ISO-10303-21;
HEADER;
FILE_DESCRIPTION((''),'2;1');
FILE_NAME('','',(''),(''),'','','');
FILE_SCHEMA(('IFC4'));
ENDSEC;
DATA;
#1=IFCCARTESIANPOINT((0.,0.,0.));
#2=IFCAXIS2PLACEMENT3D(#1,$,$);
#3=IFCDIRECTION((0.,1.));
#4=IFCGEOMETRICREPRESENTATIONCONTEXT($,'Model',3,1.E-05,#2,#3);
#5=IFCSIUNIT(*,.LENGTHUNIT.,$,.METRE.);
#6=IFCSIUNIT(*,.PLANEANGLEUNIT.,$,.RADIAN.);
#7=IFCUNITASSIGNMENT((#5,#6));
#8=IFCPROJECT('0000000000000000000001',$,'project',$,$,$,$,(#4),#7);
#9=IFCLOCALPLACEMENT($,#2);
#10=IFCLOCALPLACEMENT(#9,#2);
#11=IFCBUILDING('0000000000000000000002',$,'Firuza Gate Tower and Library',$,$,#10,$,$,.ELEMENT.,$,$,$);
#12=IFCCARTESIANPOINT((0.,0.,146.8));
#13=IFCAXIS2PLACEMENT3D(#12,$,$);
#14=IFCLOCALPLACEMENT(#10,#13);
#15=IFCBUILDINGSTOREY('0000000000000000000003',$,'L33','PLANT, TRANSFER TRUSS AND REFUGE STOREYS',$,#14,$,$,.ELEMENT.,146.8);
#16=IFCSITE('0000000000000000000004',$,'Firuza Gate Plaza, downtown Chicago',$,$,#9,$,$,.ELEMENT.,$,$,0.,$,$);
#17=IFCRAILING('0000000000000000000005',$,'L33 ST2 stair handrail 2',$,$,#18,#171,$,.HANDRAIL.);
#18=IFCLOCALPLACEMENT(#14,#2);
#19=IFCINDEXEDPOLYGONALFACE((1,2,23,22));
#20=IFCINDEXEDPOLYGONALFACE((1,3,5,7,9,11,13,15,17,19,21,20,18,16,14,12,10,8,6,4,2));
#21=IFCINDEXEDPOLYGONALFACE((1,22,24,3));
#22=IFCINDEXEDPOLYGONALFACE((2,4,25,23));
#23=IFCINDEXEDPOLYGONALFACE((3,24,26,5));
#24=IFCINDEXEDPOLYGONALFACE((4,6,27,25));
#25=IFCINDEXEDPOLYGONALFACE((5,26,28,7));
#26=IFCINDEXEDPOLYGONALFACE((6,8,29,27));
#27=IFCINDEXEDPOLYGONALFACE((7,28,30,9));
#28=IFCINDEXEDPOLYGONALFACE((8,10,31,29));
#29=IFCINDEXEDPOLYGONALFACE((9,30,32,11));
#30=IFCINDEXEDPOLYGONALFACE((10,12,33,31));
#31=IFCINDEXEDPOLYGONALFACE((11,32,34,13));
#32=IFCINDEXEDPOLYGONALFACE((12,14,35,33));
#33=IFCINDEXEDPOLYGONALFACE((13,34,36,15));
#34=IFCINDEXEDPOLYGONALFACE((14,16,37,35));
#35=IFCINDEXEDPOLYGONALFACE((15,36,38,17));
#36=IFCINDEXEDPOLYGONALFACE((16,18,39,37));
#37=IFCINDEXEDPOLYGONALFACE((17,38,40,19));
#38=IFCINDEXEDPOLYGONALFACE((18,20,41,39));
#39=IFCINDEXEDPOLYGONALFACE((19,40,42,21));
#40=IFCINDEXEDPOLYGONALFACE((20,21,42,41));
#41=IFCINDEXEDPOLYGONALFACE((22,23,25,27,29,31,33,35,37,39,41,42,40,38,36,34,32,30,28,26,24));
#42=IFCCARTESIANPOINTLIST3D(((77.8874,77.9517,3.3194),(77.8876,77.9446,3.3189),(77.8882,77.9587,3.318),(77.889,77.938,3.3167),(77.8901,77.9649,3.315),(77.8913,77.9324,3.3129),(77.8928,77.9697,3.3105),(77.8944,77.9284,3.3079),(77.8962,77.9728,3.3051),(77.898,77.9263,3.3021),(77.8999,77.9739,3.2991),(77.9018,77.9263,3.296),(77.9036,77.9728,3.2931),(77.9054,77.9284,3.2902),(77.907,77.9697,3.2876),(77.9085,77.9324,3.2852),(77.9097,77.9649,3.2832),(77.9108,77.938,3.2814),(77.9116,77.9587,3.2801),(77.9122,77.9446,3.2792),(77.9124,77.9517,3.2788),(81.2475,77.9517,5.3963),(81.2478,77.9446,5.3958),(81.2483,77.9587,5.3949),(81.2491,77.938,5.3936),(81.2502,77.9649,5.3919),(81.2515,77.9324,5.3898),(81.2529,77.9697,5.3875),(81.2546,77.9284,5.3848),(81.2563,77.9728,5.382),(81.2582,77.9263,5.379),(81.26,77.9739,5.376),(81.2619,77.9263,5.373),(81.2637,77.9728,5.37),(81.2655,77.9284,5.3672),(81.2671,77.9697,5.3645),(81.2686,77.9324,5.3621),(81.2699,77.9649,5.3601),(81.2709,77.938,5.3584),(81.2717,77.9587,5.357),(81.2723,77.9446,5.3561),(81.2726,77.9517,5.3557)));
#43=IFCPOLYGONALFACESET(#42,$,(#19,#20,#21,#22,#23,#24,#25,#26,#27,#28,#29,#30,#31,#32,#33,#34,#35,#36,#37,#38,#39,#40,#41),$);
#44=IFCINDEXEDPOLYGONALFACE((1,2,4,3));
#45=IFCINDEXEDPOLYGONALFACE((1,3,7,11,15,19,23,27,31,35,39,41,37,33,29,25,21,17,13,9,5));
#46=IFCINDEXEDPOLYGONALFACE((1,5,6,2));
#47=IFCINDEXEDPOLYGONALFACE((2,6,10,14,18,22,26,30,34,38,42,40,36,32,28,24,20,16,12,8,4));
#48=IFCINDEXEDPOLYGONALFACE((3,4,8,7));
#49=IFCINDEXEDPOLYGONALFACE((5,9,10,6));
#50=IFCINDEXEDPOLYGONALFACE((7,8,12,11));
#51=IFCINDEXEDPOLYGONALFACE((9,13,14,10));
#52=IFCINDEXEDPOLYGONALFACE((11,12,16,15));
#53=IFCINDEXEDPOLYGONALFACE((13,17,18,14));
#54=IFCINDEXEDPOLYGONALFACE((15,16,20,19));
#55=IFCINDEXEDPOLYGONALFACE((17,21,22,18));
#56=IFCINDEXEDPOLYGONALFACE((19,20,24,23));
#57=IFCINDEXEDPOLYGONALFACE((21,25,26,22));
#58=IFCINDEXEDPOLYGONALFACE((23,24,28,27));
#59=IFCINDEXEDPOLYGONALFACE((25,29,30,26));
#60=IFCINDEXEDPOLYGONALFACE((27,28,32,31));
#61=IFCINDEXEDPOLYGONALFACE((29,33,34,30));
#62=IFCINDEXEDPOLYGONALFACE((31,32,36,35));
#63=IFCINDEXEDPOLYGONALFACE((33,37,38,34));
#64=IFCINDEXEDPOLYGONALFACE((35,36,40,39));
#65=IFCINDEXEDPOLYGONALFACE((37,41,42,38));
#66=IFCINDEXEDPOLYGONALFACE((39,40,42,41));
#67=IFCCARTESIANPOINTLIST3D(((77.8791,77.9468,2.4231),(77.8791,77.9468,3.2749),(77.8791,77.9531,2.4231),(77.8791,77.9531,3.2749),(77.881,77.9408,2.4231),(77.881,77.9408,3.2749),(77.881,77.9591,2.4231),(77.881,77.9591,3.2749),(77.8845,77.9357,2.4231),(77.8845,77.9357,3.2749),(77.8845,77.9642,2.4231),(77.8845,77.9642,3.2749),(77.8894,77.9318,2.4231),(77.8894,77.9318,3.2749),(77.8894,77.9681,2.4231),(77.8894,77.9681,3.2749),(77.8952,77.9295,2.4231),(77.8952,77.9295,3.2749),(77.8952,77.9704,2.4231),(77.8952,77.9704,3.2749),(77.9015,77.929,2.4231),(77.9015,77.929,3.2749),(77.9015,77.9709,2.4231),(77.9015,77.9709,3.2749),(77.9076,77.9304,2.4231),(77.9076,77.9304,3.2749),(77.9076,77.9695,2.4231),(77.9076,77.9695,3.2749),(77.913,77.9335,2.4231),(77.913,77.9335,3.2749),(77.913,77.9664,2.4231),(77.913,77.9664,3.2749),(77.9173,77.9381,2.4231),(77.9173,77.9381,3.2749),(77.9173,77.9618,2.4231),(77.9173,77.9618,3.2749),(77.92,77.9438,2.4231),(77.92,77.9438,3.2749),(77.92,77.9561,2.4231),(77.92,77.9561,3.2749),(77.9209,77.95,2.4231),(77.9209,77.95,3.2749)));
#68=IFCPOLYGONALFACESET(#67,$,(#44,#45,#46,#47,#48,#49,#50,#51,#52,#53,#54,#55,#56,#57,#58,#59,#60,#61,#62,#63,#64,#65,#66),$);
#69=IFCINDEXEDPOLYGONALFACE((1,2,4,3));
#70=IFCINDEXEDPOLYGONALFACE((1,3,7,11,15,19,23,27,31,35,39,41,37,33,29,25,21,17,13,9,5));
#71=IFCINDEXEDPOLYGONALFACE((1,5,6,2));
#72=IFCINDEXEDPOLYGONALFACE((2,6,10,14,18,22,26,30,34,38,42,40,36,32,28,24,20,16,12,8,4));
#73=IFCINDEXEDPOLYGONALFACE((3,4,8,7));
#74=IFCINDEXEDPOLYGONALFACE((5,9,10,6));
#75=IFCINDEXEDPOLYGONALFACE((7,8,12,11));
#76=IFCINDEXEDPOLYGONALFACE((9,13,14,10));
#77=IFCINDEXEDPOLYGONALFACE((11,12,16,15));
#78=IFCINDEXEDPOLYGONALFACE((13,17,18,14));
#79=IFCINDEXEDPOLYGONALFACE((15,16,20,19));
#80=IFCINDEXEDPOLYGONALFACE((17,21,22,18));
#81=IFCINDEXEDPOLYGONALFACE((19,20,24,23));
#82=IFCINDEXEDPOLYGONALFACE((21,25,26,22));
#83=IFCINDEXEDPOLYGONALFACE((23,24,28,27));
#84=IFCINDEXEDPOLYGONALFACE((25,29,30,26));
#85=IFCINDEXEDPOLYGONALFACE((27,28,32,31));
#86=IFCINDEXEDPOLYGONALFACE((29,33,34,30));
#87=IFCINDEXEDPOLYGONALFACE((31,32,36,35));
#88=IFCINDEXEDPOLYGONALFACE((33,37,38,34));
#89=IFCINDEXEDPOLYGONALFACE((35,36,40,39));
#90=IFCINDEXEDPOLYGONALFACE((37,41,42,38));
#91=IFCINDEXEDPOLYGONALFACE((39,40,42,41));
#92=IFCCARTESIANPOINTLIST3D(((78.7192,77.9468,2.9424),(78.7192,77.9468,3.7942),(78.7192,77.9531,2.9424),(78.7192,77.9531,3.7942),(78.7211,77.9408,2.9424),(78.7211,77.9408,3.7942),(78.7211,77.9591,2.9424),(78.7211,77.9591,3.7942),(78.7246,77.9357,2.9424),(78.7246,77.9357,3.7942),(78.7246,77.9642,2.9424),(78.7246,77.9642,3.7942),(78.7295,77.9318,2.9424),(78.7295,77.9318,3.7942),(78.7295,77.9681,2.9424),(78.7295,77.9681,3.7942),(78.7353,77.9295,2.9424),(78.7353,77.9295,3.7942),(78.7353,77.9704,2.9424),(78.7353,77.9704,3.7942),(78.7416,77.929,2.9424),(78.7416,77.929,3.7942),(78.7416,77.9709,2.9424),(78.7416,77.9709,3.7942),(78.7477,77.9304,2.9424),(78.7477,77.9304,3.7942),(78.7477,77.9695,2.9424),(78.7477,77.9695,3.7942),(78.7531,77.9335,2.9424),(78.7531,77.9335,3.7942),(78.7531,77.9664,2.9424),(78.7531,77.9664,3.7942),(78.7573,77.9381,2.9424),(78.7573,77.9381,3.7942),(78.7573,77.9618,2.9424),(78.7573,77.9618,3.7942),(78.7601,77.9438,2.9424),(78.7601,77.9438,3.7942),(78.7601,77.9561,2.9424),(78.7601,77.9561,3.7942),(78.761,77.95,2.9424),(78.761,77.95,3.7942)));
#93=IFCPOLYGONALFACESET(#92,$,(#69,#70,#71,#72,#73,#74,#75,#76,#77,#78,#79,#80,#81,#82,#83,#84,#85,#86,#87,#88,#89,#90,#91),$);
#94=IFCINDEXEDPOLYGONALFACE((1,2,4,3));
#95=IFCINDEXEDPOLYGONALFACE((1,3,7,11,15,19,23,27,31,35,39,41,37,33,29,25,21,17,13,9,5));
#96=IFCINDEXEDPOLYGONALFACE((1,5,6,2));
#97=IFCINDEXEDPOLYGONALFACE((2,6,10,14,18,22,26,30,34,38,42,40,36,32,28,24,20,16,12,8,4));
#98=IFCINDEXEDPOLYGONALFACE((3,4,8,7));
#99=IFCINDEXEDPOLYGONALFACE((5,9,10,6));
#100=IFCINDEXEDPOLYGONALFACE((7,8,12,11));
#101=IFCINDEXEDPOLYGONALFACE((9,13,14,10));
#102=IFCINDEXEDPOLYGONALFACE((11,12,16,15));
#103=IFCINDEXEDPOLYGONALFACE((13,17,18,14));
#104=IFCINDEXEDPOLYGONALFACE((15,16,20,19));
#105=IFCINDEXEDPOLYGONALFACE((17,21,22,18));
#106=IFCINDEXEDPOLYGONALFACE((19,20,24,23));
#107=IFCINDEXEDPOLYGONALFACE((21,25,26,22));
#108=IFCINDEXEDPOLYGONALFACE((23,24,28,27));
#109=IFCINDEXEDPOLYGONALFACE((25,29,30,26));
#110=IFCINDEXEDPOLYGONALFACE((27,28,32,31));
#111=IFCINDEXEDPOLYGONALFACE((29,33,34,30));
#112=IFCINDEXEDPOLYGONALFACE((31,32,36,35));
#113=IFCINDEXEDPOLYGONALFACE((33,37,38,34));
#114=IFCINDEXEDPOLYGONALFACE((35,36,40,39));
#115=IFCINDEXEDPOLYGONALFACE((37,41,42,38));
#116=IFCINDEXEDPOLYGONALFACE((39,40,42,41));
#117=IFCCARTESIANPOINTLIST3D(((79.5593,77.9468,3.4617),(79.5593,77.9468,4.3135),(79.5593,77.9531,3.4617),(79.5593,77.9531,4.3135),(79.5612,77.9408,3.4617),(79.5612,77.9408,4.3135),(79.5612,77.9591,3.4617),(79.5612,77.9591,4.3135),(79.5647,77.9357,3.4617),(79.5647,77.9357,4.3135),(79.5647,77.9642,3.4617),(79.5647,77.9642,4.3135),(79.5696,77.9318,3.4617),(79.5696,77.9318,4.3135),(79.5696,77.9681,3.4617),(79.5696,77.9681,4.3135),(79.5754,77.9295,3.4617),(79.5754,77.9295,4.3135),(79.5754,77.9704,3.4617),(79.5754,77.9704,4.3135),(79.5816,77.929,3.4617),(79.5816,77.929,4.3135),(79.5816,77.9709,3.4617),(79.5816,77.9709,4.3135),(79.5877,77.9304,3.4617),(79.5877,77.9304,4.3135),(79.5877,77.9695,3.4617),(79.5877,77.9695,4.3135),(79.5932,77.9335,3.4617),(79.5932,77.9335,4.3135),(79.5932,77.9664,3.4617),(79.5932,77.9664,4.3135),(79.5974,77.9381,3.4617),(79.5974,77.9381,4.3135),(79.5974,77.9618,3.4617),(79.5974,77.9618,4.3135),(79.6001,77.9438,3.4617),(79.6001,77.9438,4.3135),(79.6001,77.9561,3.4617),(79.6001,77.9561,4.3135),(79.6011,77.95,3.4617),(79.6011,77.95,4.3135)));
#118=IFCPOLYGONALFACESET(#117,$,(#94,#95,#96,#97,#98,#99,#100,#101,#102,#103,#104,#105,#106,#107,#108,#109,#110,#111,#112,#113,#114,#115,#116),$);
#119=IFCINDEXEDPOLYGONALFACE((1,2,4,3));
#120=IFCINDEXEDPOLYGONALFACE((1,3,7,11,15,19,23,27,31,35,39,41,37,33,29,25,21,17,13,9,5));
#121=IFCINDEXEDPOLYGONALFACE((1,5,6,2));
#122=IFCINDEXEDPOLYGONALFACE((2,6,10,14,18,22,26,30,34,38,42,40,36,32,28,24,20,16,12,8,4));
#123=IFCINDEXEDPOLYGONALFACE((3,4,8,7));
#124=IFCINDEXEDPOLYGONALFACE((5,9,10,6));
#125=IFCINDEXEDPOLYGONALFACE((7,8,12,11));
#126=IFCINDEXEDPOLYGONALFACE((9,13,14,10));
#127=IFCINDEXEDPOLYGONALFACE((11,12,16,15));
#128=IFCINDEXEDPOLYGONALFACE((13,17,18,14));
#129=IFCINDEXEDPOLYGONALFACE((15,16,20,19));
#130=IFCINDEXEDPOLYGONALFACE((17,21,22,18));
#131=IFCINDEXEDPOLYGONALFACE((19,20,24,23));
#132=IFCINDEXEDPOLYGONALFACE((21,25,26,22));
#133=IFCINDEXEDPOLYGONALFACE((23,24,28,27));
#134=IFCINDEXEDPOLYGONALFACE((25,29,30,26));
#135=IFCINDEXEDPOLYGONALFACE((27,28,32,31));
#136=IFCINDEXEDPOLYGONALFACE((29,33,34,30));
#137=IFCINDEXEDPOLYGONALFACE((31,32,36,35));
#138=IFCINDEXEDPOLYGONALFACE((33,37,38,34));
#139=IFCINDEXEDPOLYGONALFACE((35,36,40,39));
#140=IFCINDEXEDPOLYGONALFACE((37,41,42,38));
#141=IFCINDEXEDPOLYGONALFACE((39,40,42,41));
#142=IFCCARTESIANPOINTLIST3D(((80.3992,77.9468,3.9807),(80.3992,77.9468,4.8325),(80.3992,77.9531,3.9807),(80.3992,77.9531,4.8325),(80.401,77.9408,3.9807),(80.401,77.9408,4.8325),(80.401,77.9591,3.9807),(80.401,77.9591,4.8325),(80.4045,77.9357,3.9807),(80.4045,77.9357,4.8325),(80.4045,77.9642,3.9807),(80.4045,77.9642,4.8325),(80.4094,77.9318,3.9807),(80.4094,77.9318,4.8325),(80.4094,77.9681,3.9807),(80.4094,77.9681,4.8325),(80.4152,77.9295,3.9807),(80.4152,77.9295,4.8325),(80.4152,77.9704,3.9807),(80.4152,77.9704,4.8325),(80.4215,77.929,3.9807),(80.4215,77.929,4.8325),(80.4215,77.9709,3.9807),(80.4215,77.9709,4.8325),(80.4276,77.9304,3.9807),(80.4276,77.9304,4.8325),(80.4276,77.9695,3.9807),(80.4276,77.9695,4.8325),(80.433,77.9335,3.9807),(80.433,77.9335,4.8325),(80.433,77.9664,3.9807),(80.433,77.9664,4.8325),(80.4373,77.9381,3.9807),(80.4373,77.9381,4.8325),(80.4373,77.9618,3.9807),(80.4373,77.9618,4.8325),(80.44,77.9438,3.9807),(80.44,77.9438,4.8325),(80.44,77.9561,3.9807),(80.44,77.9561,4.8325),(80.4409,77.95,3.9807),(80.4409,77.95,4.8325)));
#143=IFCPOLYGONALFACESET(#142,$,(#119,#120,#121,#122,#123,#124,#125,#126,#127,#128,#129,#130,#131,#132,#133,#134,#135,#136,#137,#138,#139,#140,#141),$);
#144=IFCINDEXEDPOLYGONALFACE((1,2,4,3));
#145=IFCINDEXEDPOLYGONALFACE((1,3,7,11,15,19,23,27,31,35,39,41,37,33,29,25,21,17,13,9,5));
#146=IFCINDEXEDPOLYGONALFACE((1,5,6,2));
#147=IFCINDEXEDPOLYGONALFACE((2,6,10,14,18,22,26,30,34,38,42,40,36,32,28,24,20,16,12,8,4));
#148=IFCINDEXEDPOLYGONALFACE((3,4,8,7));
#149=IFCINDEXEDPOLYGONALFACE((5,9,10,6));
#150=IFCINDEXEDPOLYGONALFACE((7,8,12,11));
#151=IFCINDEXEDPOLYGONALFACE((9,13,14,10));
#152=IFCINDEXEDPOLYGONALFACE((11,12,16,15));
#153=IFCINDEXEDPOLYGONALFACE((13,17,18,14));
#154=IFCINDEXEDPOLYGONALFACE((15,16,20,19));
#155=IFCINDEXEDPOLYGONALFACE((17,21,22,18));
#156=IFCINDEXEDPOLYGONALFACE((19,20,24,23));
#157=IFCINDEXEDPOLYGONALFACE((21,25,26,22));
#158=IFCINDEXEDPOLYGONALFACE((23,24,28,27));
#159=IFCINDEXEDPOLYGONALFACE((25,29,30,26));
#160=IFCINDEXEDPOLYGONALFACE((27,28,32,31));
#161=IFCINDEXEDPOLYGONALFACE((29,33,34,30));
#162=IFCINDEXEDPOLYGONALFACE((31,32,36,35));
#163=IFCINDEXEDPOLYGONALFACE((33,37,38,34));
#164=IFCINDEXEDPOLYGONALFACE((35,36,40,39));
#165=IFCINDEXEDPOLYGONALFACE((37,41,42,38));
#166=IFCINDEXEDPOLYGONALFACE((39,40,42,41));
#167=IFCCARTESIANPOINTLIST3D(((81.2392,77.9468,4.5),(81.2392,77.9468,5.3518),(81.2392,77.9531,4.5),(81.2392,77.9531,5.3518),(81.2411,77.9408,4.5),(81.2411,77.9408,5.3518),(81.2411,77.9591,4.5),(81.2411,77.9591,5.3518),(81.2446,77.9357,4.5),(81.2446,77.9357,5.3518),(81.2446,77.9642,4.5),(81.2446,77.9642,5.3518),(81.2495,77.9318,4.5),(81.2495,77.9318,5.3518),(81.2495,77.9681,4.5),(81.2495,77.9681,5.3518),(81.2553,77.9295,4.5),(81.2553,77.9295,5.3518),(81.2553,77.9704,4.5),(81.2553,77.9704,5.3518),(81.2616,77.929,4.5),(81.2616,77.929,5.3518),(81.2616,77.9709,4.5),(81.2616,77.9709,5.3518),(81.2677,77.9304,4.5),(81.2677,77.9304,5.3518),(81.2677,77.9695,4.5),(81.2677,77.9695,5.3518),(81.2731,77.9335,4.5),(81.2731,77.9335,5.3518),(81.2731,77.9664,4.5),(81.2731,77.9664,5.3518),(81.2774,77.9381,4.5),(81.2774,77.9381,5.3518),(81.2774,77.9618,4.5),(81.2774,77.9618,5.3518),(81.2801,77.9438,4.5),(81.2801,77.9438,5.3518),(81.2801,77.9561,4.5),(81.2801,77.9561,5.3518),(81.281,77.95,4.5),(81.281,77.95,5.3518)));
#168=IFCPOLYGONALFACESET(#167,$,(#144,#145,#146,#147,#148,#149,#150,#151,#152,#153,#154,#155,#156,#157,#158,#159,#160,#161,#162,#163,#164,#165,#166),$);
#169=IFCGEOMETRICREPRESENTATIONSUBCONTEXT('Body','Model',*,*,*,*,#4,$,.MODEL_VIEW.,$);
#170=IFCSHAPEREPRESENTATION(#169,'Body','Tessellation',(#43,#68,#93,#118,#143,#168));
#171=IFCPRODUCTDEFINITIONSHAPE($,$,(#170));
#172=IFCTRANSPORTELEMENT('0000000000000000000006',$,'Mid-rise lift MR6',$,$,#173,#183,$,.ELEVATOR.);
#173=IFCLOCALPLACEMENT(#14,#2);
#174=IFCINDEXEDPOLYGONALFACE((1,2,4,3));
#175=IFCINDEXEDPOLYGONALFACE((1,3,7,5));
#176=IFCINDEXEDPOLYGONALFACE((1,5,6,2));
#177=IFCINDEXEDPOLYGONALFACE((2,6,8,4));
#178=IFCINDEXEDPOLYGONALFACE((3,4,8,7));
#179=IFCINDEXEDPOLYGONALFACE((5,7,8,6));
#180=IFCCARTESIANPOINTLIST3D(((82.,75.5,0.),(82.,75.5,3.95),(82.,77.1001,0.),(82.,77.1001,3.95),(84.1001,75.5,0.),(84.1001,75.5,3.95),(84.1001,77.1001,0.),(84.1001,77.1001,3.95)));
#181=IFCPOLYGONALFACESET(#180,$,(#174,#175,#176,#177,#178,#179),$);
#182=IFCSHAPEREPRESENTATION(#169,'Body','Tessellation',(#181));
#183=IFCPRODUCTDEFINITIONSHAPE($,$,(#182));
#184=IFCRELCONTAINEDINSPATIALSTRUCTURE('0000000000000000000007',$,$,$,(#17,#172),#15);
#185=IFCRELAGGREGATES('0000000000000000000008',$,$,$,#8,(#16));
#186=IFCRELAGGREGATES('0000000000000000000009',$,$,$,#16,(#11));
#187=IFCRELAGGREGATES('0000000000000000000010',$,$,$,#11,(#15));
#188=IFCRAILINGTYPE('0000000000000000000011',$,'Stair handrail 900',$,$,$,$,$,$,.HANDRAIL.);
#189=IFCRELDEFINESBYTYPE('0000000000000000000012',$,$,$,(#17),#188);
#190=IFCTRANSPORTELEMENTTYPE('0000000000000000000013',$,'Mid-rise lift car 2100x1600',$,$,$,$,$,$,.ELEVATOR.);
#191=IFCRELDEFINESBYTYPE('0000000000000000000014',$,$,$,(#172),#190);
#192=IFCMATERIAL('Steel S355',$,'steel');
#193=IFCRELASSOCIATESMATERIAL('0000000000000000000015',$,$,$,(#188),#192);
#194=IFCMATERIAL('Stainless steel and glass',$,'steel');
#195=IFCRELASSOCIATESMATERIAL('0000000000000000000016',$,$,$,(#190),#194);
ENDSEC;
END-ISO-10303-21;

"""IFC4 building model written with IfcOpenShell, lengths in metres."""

from ifc_helpers import new_model, si_unit, direction, frame, origin, origin_2d, place, context, subcontext, project, spatial, rectangle, circle, extrude, material, type_object, element, save


model = new_model("IFC4")

# Units and contexts
model_context = context("Model", 3, precision=1e-05, world=origin(), true_north=direction((0.0, 1.0)))
body_context = subcontext(model_context, "Body", "Model", "MODEL_VIEW")
ifc_project = project(units=[si_unit("LENGTHUNIT", "METRE"), si_unit("PLANEANGLEUNIT", "RADIAN")], contexts=[model_context])

# Site, building, storey
site_placement = place(None, origin())
site = spatial("IfcSite", under=ifc_project, at=site_placement, Name="Firuza Gate Plaza, downtown Chicago", CompositionType="ELEMENT", RefElevation=0.0)
building_placement = place(site_placement, origin())
building = spatial("IfcBuilding", under=site, at=building_placement, Name="Firuza Gate Tower and Library", CompositionType="ELEMENT")
storey_placement = place(building_placement, frame((0.0, 0.0, 146.8)))
storey = spatial("IfcBuildingStorey", under=building, at=storey_placement, Name="L33", Description="PLANT, TRANSFER TRUSS AND REFUGE STOREYS", CompositionType="ELEMENT", Elevation=146.8)

# Railing
ifc_material_1 = material(Name="Steel S355", Category="steel")
railing_type_1 = type_object("IfcRailingType", Name="Stair handrail 900", PredefinedType="HANDRAIL", material=ifc_material_1)
railing_1_placement = place(storey_placement, frame((77.8999, 77.95, 2.4231)))
element("IfcRailing", 1, at=railing_1_placement, inside=storey, type_object=railing_type_1, Name="L33 ST2 stair handrail 2", PredefinedType="HANDRAIL", context=body_context, shape_type="SweptSolid", body=[
    extrude(circle(Radius=0.0239, at=origin_2d()), frame((0.0, 0.0, 0.876), z_axis=(0.850623, 0.0, 0.525776), x_axis=(0.0, 1.0, 0.0)), (0.0, 0.0, 1.0), 3.9502),
    extrude(circle(Radius=0.021, at=origin_2d()), origin(), (0.0, 0.0, 1.0), 0.8518),
    extrude(circle(Radius=0.021, at=origin_2d()), frame((0.8401, 0.0, 0.5193)), (0.0, 0.0, 1.0), 0.8518),
    extrude(circle(Radius=0.021, at=origin_2d()), frame((1.6802, 0.0, 1.0386)), (0.0, 0.0, 1.0), 0.8518),
    extrude(circle(Radius=0.021, at=origin_2d()), frame((2.52, 0.0, 1.5576)), (0.0, 0.0, 1.0), 0.8518),
    extrude(circle(Radius=0.021, at=origin_2d()), frame((3.3601, 0.0, 2.0769)), (0.0, 0.0, 1.0), 0.8518),
])

# Transport element
ifc_material_2 = material(Name="Stainless steel and glass", Category="steel")
transport_element_type = type_object("IfcTransportElementType", Name="Mid-rise lift car 2100x1600", PredefinedType="ELEVATOR", material=ifc_material_2)
transport_element_placement = place(storey_placement, frame((83.05, 76.3, 0.0), z_axis=(0.0, 0.0, 1.0), x_axis=(1.0, 0.0, 0.0)))
element("IfcTransportElement", 2, at=transport_element_placement, inside=storey, type_object=transport_element_type, Name="Mid-rise lift MR6", PredefinedType="ELEVATOR", context=body_context, shape_type="SweptSolid", body=[
    extrude(rectangle(XDim=2.1001, YDim=1.6001, at=origin_2d()), origin(), (0.0, 0.0, 1.0), 3.95),
])

save(model, "model.ifc")
